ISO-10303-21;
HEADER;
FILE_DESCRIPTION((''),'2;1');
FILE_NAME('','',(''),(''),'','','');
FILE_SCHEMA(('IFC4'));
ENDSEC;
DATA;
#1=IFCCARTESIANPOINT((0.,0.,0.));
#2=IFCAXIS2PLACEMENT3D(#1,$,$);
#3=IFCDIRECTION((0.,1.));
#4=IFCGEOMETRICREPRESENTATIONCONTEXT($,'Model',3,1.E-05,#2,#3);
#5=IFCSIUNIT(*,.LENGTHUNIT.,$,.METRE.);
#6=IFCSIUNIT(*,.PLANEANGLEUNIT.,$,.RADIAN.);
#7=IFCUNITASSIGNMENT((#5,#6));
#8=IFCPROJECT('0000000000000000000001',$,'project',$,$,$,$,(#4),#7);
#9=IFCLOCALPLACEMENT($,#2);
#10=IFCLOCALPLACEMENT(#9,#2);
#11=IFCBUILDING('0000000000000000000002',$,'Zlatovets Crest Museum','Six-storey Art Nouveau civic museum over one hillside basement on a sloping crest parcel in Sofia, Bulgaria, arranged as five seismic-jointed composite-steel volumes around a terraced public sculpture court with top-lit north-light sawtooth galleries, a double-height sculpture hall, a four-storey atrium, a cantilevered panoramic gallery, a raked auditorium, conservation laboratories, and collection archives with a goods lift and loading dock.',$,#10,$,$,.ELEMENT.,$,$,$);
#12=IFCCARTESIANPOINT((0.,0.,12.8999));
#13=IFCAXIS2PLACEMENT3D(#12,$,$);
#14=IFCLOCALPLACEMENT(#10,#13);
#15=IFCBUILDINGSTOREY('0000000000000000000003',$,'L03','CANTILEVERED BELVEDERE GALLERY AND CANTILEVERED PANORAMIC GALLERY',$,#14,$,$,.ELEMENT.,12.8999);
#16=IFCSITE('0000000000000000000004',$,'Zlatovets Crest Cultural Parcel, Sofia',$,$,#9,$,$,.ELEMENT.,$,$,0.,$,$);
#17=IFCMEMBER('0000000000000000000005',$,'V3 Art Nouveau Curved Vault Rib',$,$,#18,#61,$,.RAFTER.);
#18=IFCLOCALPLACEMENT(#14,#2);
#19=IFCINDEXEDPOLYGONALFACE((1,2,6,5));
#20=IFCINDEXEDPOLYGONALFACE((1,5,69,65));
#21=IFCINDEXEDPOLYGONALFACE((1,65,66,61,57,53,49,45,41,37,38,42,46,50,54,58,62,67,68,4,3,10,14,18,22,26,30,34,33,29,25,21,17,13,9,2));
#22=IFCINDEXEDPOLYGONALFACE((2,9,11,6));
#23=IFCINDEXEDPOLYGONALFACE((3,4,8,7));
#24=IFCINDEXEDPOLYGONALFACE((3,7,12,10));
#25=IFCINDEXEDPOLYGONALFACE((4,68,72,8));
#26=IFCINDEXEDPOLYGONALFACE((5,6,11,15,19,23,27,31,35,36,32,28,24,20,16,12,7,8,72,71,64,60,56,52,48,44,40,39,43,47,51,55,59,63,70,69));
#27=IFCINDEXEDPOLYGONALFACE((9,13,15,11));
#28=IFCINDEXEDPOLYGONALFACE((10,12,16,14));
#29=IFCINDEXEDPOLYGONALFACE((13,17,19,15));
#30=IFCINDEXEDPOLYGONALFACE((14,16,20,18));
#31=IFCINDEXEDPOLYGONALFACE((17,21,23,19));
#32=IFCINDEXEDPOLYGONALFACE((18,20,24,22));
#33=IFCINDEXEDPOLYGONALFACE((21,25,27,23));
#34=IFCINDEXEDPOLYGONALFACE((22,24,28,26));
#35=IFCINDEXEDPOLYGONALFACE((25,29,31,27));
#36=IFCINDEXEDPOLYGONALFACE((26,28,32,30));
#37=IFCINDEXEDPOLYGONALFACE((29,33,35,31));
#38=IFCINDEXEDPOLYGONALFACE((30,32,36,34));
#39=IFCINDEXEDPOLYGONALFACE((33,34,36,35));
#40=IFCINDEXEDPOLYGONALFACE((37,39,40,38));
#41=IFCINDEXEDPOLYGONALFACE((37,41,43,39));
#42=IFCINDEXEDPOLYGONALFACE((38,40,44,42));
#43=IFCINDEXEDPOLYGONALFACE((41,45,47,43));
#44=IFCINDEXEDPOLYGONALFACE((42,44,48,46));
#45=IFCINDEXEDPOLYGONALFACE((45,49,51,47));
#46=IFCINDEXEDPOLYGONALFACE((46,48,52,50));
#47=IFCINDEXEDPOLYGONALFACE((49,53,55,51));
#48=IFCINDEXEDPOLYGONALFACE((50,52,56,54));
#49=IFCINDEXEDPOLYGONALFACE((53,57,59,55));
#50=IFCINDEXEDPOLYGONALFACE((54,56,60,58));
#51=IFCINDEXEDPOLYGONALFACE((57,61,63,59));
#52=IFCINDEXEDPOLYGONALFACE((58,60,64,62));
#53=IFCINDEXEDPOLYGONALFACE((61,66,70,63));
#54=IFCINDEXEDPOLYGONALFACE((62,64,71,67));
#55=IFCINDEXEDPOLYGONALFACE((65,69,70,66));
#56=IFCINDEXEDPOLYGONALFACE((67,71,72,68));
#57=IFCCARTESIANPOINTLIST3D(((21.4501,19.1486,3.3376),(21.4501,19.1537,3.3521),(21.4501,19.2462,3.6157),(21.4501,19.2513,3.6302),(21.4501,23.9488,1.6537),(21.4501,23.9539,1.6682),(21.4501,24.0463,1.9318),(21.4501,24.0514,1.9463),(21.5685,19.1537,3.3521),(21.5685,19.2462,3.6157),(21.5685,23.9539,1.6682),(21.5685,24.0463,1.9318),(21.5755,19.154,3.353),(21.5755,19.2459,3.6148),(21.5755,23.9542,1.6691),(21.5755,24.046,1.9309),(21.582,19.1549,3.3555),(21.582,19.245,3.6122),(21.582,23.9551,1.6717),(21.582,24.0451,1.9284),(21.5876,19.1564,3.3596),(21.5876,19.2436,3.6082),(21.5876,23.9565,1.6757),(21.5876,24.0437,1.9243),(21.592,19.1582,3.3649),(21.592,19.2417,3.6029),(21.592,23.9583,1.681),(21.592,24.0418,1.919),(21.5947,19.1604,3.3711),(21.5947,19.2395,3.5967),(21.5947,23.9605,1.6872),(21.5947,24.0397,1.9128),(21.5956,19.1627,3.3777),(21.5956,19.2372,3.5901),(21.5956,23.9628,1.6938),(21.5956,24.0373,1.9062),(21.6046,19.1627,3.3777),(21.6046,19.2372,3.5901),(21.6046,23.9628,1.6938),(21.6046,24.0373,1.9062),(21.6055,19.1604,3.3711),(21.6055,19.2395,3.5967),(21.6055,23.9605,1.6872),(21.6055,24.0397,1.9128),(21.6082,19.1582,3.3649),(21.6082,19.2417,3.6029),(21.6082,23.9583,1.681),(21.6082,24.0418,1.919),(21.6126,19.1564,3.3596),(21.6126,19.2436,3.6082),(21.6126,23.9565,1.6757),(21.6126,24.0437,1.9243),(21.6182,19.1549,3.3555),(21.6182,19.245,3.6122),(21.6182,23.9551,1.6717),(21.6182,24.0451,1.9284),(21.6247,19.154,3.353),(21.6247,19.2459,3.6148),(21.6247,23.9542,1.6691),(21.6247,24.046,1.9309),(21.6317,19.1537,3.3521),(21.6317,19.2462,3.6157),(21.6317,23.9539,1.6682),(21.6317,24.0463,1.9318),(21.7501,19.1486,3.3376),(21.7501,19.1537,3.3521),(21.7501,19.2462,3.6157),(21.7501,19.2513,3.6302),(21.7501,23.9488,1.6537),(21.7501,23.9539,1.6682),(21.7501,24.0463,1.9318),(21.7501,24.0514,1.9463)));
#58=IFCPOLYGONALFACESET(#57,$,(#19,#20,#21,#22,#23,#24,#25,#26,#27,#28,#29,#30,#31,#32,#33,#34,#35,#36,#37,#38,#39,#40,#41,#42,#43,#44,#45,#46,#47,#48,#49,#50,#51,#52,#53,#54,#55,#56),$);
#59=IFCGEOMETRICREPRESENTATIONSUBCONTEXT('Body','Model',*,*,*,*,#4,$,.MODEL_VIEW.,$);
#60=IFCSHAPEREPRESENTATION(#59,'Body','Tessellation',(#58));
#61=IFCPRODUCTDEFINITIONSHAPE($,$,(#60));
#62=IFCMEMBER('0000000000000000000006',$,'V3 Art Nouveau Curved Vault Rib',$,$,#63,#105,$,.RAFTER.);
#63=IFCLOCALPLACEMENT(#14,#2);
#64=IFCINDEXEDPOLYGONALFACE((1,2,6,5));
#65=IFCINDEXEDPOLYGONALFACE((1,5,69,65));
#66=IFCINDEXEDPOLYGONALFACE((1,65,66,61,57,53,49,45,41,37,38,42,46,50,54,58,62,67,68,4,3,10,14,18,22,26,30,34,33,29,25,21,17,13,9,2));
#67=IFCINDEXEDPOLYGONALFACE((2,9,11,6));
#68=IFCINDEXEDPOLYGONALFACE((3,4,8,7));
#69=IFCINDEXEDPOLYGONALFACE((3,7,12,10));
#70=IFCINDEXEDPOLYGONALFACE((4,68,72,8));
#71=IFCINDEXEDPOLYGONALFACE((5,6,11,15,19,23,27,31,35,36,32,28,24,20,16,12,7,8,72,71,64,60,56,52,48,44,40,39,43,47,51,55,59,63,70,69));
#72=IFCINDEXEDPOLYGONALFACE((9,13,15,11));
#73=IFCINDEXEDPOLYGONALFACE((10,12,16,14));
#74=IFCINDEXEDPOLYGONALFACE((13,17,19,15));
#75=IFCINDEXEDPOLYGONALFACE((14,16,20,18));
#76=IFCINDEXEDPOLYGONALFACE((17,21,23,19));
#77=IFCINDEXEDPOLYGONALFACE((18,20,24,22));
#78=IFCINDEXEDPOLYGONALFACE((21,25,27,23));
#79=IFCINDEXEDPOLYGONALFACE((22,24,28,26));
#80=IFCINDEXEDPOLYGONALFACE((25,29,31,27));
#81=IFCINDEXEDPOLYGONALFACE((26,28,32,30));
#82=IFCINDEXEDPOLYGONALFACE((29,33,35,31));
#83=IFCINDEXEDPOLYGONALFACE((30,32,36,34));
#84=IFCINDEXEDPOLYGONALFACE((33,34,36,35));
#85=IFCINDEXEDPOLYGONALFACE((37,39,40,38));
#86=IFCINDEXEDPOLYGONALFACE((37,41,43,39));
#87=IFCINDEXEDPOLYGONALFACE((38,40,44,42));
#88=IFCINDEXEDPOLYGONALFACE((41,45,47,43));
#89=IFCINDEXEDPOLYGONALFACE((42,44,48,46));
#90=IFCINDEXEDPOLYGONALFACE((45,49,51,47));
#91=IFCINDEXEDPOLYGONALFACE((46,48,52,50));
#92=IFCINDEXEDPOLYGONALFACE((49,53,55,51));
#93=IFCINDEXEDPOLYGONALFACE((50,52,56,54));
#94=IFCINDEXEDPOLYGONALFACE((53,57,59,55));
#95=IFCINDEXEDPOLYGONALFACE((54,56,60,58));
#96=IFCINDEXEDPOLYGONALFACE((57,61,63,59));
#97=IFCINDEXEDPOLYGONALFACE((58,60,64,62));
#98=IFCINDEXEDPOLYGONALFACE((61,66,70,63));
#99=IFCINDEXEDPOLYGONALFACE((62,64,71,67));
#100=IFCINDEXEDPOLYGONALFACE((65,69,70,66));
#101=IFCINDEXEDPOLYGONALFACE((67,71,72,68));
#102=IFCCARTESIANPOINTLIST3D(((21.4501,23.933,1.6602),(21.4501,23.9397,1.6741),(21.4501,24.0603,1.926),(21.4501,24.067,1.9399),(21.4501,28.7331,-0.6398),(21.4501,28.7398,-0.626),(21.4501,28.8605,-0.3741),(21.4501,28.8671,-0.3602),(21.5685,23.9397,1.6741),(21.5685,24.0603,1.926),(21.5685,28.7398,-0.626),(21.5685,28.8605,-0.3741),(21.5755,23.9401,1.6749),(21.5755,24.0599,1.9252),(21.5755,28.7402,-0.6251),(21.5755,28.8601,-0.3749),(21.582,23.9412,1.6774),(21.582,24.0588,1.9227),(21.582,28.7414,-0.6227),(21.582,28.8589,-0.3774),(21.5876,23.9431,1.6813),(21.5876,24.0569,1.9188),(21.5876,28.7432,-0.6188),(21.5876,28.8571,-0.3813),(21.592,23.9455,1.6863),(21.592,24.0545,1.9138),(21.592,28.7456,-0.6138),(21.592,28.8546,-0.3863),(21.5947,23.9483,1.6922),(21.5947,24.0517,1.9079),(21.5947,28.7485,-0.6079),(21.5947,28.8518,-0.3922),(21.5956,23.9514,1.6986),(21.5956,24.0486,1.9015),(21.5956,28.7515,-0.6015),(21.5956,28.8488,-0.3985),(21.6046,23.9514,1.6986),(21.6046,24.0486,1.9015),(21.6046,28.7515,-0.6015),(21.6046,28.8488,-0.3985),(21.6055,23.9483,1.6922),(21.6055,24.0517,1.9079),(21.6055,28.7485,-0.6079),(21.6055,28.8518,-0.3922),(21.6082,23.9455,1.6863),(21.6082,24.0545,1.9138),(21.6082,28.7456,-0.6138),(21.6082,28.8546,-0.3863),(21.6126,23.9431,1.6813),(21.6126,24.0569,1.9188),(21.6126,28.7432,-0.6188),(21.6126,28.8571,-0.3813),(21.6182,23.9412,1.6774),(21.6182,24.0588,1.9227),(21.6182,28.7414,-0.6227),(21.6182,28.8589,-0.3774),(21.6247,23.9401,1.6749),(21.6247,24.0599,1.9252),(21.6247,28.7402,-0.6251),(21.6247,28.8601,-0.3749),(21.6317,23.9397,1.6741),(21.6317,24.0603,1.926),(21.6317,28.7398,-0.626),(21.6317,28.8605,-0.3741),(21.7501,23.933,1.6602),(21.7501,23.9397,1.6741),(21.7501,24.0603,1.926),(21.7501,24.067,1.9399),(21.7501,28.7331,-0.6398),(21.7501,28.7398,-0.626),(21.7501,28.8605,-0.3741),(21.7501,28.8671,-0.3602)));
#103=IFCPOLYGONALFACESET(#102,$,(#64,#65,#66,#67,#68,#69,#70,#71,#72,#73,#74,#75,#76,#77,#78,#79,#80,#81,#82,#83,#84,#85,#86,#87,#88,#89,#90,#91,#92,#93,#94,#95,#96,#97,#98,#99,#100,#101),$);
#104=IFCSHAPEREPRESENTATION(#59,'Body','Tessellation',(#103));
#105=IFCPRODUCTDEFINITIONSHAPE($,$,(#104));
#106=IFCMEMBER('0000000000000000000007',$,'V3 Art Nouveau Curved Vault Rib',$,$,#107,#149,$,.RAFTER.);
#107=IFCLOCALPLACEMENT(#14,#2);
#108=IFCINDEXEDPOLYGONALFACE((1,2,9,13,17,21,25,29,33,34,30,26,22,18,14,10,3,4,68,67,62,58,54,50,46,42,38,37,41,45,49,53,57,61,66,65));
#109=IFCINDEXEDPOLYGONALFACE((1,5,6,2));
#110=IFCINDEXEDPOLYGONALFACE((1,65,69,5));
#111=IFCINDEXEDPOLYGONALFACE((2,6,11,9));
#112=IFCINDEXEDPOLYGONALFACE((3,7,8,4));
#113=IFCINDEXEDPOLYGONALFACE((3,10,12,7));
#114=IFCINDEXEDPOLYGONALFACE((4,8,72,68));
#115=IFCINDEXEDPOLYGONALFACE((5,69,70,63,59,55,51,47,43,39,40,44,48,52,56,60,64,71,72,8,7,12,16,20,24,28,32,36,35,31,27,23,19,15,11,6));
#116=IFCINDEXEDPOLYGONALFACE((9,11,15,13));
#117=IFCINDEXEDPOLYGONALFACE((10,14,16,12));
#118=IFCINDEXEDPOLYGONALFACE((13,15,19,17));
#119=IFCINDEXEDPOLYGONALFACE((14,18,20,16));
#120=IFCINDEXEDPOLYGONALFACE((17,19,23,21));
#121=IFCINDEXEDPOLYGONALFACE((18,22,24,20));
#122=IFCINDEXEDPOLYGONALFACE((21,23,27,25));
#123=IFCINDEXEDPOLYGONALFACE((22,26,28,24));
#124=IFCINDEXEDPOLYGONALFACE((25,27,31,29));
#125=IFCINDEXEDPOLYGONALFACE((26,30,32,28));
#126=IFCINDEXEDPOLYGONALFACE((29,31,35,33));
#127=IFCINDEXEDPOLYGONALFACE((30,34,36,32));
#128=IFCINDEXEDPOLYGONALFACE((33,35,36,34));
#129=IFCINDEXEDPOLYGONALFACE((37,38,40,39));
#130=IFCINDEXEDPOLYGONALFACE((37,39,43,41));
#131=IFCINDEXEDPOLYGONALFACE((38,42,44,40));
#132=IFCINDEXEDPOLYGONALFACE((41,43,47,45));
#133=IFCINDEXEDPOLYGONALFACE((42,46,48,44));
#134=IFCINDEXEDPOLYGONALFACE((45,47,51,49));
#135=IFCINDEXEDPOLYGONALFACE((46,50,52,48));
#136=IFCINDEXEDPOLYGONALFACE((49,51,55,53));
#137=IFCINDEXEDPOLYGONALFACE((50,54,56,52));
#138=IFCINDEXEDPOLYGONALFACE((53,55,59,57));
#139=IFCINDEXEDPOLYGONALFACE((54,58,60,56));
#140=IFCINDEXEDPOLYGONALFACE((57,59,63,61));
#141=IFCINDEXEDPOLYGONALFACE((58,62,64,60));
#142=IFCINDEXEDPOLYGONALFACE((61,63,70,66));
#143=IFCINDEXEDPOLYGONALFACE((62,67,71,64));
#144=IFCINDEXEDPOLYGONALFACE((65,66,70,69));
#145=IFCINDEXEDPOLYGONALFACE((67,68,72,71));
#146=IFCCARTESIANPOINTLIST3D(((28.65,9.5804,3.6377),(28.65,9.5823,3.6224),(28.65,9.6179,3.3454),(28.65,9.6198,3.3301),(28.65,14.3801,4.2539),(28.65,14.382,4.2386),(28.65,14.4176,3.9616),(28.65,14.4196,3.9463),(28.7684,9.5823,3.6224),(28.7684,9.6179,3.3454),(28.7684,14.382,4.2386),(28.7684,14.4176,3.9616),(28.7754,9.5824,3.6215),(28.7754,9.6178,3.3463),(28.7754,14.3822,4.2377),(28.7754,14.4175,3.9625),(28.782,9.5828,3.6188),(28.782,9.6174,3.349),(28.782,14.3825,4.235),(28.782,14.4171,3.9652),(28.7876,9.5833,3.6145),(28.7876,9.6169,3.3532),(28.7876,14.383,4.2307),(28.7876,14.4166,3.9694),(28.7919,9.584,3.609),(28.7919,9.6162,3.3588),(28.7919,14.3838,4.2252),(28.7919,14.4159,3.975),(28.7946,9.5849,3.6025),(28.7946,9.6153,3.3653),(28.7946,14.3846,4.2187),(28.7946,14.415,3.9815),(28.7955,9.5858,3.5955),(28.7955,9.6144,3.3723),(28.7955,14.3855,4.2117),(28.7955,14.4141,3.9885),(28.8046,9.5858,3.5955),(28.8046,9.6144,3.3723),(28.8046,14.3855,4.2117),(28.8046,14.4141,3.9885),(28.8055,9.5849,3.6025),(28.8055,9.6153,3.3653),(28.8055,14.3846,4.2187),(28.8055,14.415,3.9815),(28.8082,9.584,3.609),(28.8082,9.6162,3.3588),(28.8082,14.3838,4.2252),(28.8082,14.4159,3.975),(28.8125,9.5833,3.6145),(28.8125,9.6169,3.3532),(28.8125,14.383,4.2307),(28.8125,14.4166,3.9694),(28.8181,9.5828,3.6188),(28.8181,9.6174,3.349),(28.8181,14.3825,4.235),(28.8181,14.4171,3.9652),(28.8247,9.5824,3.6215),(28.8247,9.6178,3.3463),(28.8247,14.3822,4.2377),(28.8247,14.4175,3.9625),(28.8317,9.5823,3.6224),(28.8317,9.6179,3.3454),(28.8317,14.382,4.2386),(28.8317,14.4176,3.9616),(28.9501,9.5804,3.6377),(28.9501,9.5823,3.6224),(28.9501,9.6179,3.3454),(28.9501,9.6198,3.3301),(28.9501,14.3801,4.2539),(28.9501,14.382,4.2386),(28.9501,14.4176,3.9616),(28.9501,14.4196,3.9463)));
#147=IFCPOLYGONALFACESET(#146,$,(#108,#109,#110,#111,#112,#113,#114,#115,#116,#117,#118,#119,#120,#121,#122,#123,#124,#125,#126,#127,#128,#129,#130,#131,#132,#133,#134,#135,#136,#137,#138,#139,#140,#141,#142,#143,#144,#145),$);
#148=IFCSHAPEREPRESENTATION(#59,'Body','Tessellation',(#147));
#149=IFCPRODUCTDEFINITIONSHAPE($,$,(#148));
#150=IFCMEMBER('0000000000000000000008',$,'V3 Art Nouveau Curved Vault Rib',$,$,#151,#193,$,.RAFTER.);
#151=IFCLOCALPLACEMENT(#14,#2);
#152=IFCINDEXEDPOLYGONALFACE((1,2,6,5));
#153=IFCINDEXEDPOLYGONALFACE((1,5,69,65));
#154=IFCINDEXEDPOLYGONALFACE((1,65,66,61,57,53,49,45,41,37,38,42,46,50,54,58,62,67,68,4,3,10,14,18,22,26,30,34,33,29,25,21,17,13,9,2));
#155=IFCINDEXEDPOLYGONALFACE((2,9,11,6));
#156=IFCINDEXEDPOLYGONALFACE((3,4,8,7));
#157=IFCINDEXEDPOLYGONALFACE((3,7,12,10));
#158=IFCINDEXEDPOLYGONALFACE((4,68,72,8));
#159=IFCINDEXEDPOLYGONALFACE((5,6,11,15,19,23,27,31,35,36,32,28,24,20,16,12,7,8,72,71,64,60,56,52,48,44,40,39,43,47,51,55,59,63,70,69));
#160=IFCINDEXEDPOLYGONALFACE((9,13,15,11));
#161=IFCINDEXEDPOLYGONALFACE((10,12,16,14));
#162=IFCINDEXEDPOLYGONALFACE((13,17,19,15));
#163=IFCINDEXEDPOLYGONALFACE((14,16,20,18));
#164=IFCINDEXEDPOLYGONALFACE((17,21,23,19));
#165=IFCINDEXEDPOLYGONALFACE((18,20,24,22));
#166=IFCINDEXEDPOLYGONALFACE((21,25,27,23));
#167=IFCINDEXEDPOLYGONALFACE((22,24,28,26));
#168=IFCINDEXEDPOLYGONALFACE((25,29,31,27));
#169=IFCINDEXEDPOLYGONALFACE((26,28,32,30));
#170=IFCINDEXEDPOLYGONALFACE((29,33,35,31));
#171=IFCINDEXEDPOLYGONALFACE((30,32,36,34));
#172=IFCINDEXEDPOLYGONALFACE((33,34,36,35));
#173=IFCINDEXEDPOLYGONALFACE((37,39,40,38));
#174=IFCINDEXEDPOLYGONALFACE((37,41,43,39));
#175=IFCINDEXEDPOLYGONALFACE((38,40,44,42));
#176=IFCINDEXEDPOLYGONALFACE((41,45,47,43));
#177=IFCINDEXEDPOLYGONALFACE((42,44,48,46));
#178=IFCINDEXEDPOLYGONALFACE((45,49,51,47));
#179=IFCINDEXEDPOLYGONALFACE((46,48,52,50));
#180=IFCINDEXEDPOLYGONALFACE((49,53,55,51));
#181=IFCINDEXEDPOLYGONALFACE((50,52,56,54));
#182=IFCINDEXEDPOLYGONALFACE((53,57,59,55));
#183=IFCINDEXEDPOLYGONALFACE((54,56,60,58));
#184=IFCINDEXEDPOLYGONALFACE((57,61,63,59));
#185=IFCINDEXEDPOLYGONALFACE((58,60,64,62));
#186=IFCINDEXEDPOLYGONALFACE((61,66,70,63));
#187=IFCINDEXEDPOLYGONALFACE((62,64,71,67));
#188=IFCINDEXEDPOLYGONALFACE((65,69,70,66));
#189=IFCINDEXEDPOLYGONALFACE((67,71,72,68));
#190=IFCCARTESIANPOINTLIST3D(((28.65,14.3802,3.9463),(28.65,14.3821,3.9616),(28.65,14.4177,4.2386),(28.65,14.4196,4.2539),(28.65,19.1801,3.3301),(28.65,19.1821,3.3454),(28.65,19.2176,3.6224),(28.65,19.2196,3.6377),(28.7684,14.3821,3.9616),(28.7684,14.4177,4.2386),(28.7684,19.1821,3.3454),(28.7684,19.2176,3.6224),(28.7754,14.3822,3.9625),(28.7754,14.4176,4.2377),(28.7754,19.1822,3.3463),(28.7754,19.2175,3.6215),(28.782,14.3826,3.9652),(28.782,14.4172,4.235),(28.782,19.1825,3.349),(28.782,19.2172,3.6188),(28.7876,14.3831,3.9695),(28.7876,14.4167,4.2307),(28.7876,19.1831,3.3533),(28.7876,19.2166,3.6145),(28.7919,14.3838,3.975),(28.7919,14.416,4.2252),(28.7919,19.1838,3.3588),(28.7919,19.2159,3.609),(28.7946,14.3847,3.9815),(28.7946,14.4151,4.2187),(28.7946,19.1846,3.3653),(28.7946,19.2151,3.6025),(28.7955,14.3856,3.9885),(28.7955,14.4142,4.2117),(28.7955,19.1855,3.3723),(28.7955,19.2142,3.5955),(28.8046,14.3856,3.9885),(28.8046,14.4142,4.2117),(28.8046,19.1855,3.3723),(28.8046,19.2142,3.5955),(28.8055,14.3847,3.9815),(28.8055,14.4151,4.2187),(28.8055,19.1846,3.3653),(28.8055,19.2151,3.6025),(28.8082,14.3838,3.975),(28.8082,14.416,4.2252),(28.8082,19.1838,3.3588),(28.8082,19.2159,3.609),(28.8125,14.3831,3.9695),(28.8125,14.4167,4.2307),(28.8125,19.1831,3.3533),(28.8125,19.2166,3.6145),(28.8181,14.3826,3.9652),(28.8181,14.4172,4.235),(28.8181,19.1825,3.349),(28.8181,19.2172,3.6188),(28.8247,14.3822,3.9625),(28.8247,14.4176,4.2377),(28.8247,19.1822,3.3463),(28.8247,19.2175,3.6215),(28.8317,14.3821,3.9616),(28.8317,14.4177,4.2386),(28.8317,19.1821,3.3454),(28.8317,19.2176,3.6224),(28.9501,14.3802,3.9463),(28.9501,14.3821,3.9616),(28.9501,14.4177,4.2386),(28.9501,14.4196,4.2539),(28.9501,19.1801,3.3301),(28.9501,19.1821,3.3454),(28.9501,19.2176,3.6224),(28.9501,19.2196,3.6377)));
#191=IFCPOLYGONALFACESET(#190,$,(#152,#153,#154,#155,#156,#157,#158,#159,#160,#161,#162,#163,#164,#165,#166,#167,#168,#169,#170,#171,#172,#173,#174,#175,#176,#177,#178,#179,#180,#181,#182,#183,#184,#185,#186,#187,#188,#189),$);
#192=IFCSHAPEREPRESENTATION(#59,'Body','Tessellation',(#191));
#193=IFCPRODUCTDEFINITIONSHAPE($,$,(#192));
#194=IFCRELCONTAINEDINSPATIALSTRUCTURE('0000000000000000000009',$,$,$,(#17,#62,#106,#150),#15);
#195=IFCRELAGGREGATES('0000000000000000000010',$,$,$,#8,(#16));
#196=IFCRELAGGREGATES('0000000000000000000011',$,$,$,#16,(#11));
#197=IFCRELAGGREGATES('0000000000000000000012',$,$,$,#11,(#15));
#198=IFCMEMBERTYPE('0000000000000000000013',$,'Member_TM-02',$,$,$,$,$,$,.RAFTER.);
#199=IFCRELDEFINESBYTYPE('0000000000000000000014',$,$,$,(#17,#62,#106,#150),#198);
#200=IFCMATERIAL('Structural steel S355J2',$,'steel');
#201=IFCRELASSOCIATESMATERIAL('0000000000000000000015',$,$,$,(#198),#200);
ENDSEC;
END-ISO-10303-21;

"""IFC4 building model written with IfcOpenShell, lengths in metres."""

from ifc_helpers import new_model, si_unit, direction, frame, origin, origin_2d, place, context, subcontext, project, spatial, i_section, extrude, material, material_profile, profile_set, type_object, element, save


model = new_model("IFC4")

# Units and contexts
model_context = context("Model", 3, precision=1e-05, world=origin(), true_north=direction((0.0, 1.0)))
body_context = subcontext(model_context, "Body", "Model", "MODEL_VIEW")
ifc_project = project(units=[si_unit("LENGTHUNIT", "METRE"), si_unit("PLANEANGLEUNIT", "RADIAN")], contexts=[model_context])

# Site, building, storey
site_placement = place(None, origin())
site = spatial("IfcSite", under=ifc_project, at=site_placement, Name="Zlatovets Crest Cultural Parcel, Sofia", CompositionType="ELEMENT", RefElevation=0.0)
building_placement = place(site_placement, origin())
building = spatial("IfcBuilding", under=site, at=building_placement, Name="Zlatovets Crest Museum", Description="Six-storey Art Nouveau civic museum over one hillside basement on a sloping crest parcel in Sofia, Bulgaria, arranged as five seismic-jointed composite-steel volumes around a terraced public sculpture court with top-lit north-light sawtooth galleries, a double-height sculpture hall, a four-storey atrium, a cantilevered panoramic gallery, a raked auditorium, conservation laboratories, and collection archives with a goods lift and loading dock.", CompositionType="ELEMENT")
storey_placement = place(building_placement, frame((0.0, 0.0, 12.8999)))
storey = spatial("IfcBuildingStorey", under=building, at=storey_placement, Name="L03", Description="CANTILEVERED BELVEDERE GALLERY AND CANTILEVERED PANORAMIC GALLERY", CompositionType="ELEMENT", Elevation=12.8999)

# Shared definitions
ifc_material_1 = material(Name="Structural steel S355J2", Category="steel")

# Members
ifc_material_profile_1 = material_profile(ifc_material_1, i_section(OverallWidth=0.3, OverallDepth=0.3101, WebThickness=0.009, FlangeThickness=0.0154, FilletRadius=0.0271, at=origin_2d()), Name="HEA 320")
ifc_profile_set_1 = profile_set([ifc_material_profile_1], Name="Structural steel S355J2")
member_type_1 = type_object("IfcMemberType", Name="Member_TM-02", PredefinedType="RAFTER", material=ifc_profile_set_1)
member_1_placement = place(storey_placement, frame((21.6001, 19.2, 3.4839), z_axis=(0.0, 0.943624, -0.331019), x_axis=(-1.0, 0.0, 0.0)))
element("IfcMember", 1, at=member_1_placement, inside=storey, type_object=member_type_1, Name="V3 Art Nouveau Curved Vault Rib", PredefinedType="RAFTER", context=body_context, shape_type="SweptSolid", body=[
    extrude(i_section(OverallWidth=0.3, OverallDepth=0.3101, WebThickness=0.009, FlangeThickness=0.0154, FilletRadius=0.0271, at=origin_2d()), origin(), (0.0, 0.0, 1.0), 5.0869),
])
member_2_placement = place(storey_placement, frame((21.6001, 24.0, 1.8), z_axis=(0.0, 0.901814, -0.432124), x_axis=(-1.0, 0.0, 0.0)))
element("IfcMember", 2, at=member_2_placement, inside=storey, type_object=member_type_1, Name="V3 Art Nouveau Curved Vault Rib", PredefinedType="RAFTER", context=body_context, shape_type="SweptSolid", body=[
    extrude(i_section(OverallWidth=0.3, OverallDepth=0.3101, WebThickness=0.009, FlangeThickness=0.0154, FilletRadius=0.0271, at=origin_2d()), origin(), (0.0, 0.0, 1.0), 5.3228),
])
member_3_placement = place(storey_placement, frame((28.8, 9.6001, 3.4839), z_axis=(0.0, 0.991859, 0.127337), x_axis=(-1.0, 0.0, 0.0)))
element("IfcMember", 3, at=member_3_placement, inside=storey, type_object=member_type_1, Name="V3 Art Nouveau Curved Vault Rib", PredefinedType="RAFTER", context=body_context, shape_type="SweptSolid", body=[
    extrude(i_section(OverallWidth=0.3, OverallDepth=0.3101, WebThickness=0.009, FlangeThickness=0.0154, FilletRadius=0.0271, at=origin_2d()), origin(), (0.0, 0.0, 1.0), 4.8391),
])
member_4_placement = place(storey_placement, frame((28.8, 14.3999, 4.1001), z_axis=(0.0, 0.99186, -0.127331), x_axis=(-1.0, 0.0, 0.0)))
element("IfcMember", 4, at=member_4_placement, inside=storey, type_object=member_type_1, Name="V3 Art Nouveau Curved Vault Rib", PredefinedType="RAFTER", context=body_context, shape_type="SweptSolid", body=[
    extrude(i_section(OverallWidth=0.3, OverallDepth=0.3101, WebThickness=0.009, FlangeThickness=0.0154, FilletRadius=0.0271, at=origin_2d()), origin(), (0.0, 0.0, 1.0), 4.8394),
])

save(model, "model.ifc")
